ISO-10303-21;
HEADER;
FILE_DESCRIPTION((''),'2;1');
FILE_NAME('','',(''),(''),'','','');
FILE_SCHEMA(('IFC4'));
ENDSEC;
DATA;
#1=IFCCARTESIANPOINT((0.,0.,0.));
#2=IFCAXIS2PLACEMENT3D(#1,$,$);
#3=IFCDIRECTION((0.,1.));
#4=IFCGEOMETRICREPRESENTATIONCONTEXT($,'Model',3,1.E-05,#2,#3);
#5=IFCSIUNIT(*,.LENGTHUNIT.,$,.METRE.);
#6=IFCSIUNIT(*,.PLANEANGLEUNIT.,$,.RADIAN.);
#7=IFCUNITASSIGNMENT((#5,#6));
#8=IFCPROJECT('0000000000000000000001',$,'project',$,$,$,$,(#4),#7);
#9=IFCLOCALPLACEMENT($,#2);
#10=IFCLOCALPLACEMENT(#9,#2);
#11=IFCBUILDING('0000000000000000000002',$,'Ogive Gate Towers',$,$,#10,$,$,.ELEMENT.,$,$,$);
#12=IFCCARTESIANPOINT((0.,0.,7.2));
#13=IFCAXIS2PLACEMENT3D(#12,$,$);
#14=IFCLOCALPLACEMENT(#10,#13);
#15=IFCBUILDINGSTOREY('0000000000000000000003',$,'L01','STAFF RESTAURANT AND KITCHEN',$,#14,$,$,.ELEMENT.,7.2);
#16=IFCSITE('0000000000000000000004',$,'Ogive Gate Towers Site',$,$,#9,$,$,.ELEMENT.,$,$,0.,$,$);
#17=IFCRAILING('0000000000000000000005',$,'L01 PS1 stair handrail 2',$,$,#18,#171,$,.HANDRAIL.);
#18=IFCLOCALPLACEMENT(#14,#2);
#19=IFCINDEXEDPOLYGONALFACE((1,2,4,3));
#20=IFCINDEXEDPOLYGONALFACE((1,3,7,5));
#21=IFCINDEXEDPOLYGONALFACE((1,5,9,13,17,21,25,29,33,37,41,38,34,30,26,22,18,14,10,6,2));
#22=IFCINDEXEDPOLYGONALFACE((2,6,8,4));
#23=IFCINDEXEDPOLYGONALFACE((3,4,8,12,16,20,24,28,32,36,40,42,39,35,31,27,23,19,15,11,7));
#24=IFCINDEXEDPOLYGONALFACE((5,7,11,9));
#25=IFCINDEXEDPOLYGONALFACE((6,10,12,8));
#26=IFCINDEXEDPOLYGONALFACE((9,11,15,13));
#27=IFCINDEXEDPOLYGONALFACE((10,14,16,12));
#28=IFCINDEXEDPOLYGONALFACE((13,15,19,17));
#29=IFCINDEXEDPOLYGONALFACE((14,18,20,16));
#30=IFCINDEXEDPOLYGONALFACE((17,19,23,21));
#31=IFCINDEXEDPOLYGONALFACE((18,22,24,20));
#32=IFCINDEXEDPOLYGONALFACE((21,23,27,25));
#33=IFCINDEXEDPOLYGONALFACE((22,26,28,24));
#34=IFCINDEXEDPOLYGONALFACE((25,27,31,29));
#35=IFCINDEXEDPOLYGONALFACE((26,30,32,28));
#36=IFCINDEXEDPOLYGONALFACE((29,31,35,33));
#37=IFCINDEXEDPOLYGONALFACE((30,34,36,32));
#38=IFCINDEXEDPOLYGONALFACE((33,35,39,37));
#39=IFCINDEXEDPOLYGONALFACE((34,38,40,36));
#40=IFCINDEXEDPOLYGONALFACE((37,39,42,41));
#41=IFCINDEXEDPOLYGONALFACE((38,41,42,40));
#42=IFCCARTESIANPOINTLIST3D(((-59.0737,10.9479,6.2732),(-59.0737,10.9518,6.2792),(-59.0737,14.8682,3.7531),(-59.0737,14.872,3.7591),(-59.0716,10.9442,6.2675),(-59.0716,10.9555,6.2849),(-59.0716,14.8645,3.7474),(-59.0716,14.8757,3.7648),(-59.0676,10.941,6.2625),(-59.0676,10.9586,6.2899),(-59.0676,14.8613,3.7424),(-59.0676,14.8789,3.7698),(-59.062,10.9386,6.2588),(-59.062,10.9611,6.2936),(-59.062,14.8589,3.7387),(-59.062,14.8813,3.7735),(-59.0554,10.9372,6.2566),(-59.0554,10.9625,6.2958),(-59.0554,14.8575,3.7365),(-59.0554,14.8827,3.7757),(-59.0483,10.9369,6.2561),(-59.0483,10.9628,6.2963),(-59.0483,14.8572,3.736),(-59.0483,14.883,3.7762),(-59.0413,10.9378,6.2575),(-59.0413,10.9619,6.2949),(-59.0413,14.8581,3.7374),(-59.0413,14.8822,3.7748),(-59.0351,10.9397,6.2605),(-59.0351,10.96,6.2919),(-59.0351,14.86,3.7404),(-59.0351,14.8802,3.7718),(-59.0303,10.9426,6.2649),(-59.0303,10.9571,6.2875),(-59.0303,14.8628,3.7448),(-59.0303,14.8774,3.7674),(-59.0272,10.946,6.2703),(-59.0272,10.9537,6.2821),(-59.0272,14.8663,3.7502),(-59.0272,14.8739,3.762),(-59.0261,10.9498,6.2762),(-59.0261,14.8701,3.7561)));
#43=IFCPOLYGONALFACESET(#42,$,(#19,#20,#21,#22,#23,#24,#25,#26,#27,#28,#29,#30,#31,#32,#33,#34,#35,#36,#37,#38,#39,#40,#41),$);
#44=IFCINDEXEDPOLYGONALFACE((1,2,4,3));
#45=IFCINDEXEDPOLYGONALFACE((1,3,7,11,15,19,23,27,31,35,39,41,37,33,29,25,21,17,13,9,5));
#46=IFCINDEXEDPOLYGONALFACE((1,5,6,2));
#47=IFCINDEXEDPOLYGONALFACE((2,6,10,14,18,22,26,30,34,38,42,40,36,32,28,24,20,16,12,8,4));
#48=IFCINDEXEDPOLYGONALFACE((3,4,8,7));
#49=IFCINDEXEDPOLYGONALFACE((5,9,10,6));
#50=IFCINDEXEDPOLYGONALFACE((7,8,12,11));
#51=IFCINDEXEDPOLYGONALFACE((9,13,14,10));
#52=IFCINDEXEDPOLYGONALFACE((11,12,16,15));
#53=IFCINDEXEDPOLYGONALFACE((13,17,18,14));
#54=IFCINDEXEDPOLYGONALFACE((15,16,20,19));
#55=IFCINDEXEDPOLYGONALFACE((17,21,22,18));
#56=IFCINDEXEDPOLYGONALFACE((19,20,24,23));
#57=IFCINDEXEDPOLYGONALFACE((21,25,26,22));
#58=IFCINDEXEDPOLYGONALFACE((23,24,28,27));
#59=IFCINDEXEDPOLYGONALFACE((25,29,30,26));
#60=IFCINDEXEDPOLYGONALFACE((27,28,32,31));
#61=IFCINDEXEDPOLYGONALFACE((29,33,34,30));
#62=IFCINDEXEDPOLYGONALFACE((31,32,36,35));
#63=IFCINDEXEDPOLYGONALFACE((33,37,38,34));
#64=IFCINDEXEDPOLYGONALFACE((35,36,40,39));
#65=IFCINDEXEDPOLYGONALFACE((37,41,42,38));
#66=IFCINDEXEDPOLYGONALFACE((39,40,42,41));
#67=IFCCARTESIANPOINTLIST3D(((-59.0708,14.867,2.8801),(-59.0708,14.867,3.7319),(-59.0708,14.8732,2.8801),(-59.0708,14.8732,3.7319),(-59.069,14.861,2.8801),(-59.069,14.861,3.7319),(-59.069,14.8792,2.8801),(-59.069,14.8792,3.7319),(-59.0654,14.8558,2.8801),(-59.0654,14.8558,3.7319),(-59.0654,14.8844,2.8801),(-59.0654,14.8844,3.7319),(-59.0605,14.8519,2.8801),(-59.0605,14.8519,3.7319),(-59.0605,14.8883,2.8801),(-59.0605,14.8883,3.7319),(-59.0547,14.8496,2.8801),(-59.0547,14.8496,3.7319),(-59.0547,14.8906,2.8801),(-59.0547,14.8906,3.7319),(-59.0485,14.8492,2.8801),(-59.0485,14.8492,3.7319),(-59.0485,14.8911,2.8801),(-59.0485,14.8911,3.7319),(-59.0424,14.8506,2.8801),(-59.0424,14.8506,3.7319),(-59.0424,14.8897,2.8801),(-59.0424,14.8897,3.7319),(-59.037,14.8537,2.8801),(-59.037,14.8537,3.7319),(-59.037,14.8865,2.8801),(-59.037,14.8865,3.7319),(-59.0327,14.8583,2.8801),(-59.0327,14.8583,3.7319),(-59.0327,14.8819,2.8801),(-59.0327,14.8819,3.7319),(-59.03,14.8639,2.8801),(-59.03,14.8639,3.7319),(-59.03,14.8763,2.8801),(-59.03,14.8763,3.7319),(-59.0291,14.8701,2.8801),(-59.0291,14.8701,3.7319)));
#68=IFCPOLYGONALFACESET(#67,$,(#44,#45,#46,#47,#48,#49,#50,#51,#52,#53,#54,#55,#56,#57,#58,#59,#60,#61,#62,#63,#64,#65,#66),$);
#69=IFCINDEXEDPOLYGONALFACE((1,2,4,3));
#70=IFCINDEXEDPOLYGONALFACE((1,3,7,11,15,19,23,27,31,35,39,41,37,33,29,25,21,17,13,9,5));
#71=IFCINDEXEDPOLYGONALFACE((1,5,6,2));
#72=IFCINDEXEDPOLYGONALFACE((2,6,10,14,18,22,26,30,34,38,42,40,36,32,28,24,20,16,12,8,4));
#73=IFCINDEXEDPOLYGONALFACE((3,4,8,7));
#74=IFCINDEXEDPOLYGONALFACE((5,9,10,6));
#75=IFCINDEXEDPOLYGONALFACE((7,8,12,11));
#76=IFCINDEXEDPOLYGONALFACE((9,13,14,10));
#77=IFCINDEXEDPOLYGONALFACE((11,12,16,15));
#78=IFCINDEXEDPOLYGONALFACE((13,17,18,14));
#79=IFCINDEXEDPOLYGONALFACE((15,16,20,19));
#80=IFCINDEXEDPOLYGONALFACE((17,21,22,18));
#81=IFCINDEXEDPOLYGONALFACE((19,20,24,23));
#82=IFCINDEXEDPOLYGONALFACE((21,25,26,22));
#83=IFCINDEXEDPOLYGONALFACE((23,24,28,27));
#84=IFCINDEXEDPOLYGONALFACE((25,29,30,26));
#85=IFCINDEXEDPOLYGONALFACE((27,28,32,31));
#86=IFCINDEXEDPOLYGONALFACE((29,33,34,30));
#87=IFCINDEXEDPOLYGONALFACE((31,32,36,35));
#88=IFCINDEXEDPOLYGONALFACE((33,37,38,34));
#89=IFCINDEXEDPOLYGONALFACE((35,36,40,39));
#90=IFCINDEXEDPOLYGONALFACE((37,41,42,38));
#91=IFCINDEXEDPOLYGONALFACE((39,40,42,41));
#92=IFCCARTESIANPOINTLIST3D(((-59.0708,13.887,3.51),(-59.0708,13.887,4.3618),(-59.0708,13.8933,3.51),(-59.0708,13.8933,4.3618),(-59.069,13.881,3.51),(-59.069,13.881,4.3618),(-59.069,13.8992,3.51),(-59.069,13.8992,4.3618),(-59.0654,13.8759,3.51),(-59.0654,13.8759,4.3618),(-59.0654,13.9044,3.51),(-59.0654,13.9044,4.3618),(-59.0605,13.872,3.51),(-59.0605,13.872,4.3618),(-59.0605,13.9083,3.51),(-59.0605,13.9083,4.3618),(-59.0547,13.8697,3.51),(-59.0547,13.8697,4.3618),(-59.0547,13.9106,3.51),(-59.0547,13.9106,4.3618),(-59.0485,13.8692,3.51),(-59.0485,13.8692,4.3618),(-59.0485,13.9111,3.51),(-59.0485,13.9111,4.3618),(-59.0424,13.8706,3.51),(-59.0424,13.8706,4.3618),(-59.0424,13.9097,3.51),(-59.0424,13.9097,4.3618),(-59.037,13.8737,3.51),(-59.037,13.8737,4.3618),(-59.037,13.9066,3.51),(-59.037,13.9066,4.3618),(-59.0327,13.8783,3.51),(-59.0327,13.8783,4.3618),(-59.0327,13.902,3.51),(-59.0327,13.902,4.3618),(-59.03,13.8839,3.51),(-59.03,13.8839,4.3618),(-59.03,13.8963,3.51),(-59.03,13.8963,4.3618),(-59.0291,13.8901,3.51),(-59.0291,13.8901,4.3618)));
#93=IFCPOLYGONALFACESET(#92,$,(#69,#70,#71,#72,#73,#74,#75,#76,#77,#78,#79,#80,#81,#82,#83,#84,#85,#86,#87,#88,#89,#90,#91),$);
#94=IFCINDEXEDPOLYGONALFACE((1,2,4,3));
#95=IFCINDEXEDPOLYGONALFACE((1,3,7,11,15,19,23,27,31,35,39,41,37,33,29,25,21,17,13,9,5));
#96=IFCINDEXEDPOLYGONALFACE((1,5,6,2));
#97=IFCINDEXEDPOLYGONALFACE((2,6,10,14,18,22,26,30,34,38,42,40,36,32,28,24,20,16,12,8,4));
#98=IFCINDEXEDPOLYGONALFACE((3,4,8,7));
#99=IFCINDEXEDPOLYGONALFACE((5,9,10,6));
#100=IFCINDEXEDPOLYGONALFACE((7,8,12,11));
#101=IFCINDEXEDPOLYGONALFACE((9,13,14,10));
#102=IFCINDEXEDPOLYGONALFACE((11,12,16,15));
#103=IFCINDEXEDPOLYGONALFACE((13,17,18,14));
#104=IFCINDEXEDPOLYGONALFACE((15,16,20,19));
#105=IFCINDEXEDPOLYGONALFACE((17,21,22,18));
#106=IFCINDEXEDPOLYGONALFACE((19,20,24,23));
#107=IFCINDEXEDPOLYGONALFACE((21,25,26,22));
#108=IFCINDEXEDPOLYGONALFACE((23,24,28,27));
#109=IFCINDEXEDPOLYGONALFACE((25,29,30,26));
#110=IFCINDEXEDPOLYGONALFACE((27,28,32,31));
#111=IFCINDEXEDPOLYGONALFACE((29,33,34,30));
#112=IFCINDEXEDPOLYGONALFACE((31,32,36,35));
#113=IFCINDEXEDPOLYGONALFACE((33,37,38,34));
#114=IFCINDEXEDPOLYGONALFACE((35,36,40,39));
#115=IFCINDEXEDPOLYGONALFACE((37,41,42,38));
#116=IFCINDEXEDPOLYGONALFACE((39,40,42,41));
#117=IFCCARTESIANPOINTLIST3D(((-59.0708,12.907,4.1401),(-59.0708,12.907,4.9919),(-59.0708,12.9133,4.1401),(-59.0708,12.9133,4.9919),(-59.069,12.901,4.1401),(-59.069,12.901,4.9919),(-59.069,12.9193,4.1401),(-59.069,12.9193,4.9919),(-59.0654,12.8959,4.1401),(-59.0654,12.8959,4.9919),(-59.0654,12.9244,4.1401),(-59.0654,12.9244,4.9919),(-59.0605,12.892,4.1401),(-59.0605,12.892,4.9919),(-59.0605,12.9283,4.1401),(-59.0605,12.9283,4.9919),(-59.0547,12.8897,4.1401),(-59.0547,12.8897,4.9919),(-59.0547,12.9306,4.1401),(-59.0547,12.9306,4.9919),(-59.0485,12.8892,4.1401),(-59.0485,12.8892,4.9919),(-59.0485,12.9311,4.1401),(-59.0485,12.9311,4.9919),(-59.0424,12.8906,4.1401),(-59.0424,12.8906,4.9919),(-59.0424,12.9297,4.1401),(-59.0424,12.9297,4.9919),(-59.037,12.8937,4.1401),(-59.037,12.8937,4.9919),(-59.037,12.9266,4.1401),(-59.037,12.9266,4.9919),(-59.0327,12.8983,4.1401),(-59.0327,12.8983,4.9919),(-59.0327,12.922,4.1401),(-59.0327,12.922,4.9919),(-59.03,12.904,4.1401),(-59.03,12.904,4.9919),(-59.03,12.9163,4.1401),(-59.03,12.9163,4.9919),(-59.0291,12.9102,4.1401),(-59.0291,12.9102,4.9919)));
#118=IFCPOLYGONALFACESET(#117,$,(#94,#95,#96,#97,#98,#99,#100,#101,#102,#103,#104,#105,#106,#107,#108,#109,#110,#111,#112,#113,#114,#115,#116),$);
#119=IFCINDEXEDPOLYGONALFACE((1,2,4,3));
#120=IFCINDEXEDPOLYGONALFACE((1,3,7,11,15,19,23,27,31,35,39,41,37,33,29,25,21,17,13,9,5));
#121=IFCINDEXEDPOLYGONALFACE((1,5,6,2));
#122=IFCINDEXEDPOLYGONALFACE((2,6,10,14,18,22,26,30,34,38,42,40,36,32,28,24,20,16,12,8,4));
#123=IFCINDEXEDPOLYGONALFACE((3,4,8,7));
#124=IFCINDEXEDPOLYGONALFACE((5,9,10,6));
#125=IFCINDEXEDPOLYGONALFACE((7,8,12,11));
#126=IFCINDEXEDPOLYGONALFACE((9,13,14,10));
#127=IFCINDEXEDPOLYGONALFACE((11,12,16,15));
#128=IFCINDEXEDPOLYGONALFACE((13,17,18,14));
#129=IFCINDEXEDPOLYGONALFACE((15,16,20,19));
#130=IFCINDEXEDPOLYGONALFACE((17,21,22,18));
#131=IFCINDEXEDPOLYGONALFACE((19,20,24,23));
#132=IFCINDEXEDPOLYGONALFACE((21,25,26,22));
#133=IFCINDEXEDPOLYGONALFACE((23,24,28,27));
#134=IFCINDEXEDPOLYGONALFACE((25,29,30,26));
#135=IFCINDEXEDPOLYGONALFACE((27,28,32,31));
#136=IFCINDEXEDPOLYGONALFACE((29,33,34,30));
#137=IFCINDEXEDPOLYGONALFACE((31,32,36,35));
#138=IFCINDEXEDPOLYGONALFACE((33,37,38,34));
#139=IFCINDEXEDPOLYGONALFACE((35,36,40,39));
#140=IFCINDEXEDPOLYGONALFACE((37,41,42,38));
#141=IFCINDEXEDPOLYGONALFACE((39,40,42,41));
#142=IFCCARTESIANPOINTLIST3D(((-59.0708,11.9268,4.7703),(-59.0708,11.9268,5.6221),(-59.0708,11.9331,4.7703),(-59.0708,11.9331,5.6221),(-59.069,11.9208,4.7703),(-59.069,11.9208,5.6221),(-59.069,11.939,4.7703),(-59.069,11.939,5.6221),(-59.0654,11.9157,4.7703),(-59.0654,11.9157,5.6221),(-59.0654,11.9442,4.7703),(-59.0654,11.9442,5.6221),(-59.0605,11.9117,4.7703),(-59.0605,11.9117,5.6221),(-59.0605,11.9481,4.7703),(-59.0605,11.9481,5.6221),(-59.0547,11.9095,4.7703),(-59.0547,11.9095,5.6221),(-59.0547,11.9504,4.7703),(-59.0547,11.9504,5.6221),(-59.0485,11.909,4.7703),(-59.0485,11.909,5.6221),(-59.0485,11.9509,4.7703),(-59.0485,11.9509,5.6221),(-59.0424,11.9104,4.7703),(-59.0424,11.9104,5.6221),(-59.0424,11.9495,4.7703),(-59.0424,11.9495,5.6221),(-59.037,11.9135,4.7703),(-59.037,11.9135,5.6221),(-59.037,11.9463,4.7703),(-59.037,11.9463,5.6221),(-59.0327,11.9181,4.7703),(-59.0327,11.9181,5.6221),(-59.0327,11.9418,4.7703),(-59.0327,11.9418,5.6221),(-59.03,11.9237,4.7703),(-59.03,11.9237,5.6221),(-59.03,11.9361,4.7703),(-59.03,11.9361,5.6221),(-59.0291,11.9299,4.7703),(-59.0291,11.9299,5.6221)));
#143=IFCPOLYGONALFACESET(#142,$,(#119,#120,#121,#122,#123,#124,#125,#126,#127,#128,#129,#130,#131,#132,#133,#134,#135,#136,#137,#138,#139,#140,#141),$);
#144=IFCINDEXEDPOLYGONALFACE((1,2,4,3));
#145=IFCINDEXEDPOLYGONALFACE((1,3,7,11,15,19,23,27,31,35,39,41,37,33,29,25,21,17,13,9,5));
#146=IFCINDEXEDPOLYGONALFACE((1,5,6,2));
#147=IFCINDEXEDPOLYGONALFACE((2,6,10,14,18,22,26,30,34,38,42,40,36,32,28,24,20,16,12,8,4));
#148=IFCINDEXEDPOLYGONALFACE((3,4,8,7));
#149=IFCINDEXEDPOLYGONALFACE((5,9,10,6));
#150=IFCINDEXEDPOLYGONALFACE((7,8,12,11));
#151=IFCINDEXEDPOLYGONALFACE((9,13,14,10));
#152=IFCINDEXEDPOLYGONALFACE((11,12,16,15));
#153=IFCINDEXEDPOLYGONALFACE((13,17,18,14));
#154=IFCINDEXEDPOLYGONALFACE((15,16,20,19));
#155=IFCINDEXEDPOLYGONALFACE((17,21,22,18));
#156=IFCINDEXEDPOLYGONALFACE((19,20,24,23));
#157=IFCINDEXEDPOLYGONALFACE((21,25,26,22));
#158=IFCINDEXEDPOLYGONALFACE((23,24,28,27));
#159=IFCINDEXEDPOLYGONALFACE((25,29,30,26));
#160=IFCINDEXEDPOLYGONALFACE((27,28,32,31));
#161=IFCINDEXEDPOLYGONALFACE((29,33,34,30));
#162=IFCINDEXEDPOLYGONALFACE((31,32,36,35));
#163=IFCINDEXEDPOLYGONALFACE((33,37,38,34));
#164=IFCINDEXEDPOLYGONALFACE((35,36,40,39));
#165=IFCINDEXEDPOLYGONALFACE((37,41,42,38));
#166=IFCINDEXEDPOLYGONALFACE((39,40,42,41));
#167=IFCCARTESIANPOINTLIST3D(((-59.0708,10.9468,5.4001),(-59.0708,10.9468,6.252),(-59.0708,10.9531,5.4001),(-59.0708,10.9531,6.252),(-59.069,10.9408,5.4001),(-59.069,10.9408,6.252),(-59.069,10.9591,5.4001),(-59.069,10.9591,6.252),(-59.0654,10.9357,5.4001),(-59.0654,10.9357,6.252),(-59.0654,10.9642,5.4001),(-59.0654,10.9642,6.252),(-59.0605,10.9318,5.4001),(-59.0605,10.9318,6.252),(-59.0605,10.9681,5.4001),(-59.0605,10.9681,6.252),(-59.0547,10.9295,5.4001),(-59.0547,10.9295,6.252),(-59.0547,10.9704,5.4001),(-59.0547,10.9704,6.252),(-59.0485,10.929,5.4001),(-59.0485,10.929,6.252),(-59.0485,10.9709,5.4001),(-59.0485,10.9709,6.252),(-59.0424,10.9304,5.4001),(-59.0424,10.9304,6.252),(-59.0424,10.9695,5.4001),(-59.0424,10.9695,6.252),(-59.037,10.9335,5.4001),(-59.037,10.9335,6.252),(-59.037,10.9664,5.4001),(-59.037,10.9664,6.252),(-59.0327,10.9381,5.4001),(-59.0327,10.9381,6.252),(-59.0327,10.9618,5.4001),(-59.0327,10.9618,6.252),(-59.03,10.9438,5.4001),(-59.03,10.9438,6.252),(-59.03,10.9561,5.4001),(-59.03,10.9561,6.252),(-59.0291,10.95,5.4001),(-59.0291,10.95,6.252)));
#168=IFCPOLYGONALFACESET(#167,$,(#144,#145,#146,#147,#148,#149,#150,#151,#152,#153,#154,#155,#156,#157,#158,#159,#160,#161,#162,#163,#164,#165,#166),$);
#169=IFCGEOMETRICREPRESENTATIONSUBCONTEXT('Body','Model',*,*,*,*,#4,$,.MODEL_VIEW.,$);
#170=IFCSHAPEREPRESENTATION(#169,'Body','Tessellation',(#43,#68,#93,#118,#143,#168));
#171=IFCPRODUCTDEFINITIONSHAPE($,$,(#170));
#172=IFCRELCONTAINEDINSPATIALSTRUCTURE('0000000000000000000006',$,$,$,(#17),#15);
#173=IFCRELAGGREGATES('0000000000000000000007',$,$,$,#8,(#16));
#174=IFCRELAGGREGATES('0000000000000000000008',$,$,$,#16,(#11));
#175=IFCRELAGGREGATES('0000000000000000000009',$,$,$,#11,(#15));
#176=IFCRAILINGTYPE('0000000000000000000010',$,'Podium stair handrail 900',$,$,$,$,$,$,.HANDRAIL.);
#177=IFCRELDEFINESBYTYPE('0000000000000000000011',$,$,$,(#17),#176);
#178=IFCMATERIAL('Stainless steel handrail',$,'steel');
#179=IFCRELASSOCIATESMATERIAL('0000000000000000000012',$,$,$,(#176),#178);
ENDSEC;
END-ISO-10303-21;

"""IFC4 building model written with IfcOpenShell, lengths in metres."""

from ifc_helpers import new_model, si_unit, direction, frame, origin, origin_2d, place, context, subcontext, project, spatial, circle, extrude, material, type_object, element, save


model = new_model("IFC4")

# Units and contexts
model_context = context("Model", 3, precision=1e-05, world=origin(), true_north=direction((0.0, 1.0)))
body_context = subcontext(model_context, "Body", "Model", "MODEL_VIEW")
ifc_project = project(units=[si_unit("LENGTHUNIT", "METRE"), si_unit("PLANEANGLEUNIT", "RADIAN")], contexts=[model_context])

# Site, building, storey
site_placement = place(None, origin())
site = spatial("IfcSite", under=ifc_project, at=site_placement, Name="Ogive Gate Towers Site", CompositionType="ELEMENT", RefElevation=0.0)
building_placement = place(site_placement, origin())
building = spatial("IfcBuilding", under=site, at=building_placement, Name="Ogive Gate Towers", CompositionType="ELEMENT")
storey_placement = place(building_placement, frame((0.0, 0.0, 7.2)))
storey = spatial("IfcBuildingStorey", under=building, at=storey_placement, Name="L01", Description="STAFF RESTAURANT AND KITCHEN", CompositionType="ELEMENT", Elevation=7.2)

# Railing
ifc_material_1 = material(Name="Stainless steel handrail", Category="steel")
railing_type_1 = type_object("IfcRailingType", Name="Podium stair handrail 900", PredefinedType="HANDRAIL", material=ifc_material_1)
railing_1_placement = place(storey_placement, frame((-59.05, 14.8701, 2.8801)))
element("IfcRailing", 1, at=railing_1_placement, inside=storey, type_object=railing_type_1, Name="L01 PS1 stair handrail 2", PredefinedType="HANDRAIL", context=body_context, shape_type="SweptSolid", body=[
    extrude(circle(Radius=0.0239, at=origin_2d()), frame((0.0, 0.0, 0.876), z_axis=(0.0, -0.841187, 0.540744), x_axis=(1.0, 0.0, 0.0)), (0.0, 0.0, 1.0), 4.6604),
    extrude(circle(Radius=0.021, at=origin_2d()), origin(), (0.0, 0.0, 1.0), 0.8518),
    extrude(circle(Radius=0.021, at=origin_2d()), frame((0.0, -0.98, 0.6299)), (0.0, 0.0, 1.0), 0.8518),
    extrude(circle(Radius=0.021, at=origin_2d()), frame((0.0, -1.96, 1.26)), (0.0, 0.0, 1.0), 0.8518),
    extrude(circle(Radius=0.021, at=origin_2d()), frame((0.0, -2.9402, 1.8901)), (0.0, 0.0, 1.0), 0.8518),
    extrude(circle(Radius=0.021, at=origin_2d()), frame((0.0, -3.9202, 2.52)), (0.0, 0.0, 1.0), 0.8518),
])

save(model, "model.ifc")
